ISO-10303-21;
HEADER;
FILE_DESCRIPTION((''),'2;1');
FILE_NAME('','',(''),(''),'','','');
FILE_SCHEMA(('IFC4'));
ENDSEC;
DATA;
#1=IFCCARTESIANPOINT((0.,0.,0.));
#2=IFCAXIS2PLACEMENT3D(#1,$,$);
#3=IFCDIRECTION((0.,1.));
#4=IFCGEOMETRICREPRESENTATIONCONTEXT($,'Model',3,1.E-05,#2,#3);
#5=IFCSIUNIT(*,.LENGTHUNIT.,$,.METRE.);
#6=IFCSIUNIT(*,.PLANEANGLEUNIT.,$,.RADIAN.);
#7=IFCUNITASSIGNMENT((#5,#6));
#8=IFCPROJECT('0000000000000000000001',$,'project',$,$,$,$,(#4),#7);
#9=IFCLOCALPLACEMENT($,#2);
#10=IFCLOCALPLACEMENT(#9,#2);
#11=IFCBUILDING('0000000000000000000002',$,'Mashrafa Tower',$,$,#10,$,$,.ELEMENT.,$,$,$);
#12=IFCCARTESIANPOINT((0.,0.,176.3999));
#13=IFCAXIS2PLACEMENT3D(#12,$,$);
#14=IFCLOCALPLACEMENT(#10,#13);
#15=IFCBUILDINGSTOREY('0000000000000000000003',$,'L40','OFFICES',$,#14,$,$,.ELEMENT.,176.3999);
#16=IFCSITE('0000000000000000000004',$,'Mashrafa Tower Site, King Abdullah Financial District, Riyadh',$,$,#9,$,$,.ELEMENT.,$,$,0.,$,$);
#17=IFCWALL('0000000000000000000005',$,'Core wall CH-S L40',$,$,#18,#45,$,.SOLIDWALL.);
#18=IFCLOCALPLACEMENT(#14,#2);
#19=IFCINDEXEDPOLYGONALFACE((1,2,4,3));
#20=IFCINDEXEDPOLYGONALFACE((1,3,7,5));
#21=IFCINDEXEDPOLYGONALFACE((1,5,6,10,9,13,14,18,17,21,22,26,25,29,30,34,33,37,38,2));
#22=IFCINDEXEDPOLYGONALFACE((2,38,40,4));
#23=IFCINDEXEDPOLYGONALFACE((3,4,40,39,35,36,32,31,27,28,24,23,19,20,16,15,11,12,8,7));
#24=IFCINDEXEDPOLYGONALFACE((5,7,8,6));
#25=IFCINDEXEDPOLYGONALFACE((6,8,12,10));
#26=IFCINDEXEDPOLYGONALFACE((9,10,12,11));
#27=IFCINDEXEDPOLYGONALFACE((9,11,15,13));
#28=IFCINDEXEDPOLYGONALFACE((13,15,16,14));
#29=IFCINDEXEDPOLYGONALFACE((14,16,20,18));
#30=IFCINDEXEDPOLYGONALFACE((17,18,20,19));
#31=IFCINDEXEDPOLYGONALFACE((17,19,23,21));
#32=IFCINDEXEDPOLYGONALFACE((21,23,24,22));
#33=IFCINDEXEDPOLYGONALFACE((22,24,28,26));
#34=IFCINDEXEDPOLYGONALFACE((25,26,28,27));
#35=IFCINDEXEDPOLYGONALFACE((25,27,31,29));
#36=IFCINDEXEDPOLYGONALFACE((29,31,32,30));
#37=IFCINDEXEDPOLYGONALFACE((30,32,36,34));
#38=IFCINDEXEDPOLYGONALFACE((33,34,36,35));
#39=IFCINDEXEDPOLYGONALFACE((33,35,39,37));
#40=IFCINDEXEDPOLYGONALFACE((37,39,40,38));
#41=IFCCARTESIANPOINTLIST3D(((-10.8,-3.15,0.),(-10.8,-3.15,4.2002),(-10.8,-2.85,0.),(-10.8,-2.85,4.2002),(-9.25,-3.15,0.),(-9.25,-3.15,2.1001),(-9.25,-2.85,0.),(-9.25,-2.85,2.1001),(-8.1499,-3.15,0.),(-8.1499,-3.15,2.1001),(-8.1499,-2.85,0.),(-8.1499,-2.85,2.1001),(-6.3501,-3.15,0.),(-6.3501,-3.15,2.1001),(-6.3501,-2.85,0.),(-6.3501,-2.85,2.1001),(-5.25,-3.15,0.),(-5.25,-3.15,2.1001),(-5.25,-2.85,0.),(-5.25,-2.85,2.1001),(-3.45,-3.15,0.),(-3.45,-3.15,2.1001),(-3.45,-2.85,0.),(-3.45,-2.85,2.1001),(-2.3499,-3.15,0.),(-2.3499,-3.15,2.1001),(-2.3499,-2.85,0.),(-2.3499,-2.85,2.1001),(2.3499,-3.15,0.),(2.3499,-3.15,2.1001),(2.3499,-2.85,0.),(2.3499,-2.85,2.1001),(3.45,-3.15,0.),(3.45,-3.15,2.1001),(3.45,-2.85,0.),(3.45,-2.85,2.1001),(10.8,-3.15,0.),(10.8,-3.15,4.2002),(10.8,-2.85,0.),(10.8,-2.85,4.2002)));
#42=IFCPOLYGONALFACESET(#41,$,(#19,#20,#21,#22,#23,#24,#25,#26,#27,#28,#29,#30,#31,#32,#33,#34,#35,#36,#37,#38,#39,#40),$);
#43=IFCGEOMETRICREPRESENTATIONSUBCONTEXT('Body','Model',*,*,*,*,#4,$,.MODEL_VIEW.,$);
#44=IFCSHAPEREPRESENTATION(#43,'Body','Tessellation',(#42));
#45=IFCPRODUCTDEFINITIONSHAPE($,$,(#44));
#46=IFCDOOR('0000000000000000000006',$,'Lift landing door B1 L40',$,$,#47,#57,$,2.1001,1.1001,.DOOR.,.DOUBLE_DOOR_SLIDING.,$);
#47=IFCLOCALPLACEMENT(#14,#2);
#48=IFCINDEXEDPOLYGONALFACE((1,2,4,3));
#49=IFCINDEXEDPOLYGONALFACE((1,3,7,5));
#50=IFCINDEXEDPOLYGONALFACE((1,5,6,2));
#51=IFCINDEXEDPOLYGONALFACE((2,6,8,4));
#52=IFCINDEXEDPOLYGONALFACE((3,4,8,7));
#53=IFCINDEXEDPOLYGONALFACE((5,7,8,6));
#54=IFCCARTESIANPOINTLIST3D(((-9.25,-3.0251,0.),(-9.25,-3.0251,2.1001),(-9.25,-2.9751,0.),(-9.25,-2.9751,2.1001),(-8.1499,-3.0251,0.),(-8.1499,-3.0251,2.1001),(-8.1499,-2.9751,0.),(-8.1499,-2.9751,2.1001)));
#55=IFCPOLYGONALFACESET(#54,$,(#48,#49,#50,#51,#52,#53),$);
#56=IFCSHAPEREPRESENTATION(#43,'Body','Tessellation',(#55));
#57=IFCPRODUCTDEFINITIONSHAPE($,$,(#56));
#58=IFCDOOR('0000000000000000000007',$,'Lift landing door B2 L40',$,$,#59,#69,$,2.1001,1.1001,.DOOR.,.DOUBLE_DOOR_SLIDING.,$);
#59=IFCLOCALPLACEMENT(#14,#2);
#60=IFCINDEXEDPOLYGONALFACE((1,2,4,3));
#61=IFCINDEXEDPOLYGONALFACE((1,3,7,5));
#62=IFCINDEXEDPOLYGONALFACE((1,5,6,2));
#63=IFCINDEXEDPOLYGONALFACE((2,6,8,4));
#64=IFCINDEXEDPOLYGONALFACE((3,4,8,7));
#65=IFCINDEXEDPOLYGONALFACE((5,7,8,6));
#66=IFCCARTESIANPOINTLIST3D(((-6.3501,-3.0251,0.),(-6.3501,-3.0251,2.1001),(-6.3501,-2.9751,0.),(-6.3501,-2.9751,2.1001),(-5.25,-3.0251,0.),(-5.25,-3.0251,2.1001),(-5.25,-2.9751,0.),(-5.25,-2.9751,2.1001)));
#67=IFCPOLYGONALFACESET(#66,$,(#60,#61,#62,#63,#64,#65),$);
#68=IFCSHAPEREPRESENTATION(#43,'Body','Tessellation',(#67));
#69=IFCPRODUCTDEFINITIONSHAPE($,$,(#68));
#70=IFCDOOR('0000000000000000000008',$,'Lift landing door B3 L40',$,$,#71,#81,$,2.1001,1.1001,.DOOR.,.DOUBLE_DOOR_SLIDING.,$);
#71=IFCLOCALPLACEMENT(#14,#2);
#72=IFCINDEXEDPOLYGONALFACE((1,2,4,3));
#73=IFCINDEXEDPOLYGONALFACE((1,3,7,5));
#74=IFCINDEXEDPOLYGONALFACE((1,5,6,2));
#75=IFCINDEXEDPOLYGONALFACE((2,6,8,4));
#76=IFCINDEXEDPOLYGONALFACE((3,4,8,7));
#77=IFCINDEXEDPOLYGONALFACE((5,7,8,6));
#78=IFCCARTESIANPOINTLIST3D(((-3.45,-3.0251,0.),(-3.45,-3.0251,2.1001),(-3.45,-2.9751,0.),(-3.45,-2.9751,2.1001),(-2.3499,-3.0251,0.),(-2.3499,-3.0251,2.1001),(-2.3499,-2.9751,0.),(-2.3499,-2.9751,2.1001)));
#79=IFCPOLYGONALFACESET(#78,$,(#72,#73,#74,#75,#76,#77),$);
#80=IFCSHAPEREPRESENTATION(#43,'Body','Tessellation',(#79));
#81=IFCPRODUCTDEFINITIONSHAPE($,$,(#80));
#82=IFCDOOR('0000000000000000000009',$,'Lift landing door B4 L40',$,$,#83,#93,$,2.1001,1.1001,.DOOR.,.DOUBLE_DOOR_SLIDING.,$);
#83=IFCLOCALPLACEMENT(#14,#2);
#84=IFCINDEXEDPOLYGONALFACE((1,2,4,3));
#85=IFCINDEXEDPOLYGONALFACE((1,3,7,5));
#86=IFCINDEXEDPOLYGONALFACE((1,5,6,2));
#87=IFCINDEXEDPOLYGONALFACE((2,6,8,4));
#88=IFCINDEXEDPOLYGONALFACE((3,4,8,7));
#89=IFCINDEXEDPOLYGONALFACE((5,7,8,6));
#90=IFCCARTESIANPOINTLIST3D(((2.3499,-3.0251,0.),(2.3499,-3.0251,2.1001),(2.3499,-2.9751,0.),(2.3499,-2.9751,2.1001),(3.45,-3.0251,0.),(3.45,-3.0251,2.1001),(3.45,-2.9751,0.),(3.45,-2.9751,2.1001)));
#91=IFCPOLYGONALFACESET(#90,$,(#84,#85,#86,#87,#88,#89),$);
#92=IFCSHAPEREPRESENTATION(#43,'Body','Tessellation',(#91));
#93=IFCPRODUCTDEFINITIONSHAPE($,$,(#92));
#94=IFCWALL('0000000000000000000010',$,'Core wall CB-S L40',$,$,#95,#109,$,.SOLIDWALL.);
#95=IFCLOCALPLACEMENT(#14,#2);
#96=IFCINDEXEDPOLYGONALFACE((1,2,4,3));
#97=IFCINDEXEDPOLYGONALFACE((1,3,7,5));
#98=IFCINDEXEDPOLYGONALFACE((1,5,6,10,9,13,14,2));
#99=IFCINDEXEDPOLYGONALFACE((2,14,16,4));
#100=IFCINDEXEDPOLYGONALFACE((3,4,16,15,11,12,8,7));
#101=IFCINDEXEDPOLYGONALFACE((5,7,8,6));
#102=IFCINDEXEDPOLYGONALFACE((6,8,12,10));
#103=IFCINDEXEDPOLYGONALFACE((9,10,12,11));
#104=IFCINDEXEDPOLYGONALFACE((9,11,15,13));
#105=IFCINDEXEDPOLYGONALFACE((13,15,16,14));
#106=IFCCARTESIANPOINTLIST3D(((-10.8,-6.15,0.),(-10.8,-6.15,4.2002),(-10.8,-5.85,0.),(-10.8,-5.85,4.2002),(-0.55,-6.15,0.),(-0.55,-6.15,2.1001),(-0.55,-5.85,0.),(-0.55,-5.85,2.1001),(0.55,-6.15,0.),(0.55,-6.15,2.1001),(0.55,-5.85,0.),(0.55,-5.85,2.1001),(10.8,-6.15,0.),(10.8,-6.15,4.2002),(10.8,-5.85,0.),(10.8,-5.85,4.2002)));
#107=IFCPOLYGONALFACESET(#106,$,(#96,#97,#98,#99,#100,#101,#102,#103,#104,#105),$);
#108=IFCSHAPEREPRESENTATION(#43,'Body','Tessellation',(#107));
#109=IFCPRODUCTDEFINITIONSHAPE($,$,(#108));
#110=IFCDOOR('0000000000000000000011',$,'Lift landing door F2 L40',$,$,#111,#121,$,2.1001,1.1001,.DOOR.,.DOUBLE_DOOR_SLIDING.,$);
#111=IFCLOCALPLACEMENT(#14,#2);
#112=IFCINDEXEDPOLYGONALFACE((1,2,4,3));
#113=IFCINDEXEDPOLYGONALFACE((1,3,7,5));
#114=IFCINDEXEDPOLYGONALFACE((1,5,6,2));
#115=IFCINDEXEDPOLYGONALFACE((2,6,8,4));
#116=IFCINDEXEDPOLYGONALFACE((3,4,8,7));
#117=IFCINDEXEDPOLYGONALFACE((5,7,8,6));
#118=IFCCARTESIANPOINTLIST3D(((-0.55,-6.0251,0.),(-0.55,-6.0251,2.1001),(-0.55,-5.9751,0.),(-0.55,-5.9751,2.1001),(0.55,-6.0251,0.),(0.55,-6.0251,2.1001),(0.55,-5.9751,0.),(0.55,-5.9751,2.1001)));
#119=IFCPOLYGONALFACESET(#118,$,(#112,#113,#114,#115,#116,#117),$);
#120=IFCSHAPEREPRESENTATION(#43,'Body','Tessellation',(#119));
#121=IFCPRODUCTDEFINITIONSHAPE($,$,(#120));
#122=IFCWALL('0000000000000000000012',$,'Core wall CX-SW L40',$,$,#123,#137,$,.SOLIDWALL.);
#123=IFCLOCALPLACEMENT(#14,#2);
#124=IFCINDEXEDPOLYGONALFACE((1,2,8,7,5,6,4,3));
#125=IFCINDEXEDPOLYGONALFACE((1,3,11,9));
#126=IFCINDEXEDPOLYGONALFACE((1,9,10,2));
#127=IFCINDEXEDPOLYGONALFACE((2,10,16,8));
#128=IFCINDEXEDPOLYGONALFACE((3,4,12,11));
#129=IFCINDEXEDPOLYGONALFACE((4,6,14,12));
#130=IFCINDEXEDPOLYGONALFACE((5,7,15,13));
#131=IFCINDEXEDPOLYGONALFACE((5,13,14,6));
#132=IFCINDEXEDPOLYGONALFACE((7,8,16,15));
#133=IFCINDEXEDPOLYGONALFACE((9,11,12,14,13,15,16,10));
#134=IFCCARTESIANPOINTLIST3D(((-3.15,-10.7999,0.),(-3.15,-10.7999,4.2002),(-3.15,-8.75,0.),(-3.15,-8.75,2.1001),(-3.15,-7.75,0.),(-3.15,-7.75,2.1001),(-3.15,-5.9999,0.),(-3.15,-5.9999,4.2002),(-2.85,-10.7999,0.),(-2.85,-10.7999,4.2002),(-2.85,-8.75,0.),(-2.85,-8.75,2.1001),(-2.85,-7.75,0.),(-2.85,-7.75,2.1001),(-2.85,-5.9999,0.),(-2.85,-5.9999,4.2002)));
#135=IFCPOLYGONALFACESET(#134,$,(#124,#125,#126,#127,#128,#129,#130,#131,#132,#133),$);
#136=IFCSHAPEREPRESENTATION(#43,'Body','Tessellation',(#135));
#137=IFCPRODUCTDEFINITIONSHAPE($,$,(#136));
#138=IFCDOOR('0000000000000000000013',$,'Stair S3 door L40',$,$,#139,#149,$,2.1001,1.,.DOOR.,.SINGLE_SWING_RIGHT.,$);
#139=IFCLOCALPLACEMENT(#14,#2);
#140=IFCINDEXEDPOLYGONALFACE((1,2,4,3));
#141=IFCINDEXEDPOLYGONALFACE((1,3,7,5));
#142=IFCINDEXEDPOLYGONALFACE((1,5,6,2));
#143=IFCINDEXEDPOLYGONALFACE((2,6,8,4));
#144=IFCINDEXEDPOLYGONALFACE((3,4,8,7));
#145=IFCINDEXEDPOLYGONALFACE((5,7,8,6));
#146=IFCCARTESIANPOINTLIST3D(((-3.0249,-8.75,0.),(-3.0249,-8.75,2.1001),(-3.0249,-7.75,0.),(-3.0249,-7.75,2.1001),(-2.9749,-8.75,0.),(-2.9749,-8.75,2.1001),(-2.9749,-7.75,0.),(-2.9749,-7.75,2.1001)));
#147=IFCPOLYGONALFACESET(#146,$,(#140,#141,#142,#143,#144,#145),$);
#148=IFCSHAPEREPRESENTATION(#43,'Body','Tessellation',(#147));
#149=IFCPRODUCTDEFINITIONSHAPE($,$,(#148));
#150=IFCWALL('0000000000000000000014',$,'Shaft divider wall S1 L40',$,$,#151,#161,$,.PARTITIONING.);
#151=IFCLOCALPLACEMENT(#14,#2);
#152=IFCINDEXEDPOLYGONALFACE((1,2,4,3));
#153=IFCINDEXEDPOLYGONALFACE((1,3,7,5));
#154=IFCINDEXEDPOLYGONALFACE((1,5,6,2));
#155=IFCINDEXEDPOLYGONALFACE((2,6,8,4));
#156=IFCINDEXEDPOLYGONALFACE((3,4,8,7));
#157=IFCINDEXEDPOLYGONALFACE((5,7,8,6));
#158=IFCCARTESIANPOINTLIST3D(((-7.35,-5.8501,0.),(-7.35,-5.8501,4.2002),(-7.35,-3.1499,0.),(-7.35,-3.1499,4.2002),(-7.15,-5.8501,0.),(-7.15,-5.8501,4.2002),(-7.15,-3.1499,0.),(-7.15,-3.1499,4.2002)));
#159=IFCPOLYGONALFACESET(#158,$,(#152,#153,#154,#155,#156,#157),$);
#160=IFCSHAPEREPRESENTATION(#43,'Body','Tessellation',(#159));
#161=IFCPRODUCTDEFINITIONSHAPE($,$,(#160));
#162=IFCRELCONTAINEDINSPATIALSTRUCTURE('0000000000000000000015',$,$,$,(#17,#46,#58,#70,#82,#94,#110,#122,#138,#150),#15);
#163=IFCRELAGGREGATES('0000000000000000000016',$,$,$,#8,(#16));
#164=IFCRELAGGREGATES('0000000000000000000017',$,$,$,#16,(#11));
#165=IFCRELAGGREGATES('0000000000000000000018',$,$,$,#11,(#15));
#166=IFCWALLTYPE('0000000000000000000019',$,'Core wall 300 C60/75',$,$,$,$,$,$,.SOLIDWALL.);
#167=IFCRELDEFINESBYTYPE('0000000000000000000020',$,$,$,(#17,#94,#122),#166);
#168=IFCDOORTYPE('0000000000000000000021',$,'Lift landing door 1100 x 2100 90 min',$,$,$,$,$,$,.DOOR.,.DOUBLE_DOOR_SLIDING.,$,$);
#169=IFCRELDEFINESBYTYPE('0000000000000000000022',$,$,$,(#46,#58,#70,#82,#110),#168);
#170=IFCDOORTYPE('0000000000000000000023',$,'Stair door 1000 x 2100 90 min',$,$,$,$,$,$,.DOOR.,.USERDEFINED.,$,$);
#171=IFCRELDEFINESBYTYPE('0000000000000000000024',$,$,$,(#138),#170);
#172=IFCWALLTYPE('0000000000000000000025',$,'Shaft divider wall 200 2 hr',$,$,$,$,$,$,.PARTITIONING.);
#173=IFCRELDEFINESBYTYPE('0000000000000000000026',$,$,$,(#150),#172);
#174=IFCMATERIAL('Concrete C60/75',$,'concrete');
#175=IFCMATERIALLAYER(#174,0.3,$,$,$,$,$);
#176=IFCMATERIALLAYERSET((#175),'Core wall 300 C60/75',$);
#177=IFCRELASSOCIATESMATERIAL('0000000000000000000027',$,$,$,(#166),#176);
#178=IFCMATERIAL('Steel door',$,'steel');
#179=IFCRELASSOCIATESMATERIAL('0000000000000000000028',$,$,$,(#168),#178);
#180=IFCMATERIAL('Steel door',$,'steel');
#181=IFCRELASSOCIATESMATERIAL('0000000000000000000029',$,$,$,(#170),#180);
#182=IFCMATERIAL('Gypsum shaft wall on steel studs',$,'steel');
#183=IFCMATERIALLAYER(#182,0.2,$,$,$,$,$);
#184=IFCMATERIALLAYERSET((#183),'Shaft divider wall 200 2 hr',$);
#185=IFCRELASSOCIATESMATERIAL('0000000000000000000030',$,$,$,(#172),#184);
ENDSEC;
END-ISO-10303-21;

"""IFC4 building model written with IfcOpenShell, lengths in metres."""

from ifc_helpers import new_model, si_unit, direction, frame, frame_2d, origin, place, context, subcontext, project, spatial, rectangle, extrude, material, layer, layer_set, type_object, element, fill, save


model = new_model("IFC4")

# Units and contexts
model_context = context("Model", 3, precision=1e-05, world=origin(), true_north=direction((0.0, 1.0)))
body_context = subcontext(model_context, "Body", "Model", "MODEL_VIEW")
ifc_project = project(units=[si_unit("LENGTHUNIT", "METRE"), si_unit("PLANEANGLEUNIT", "RADIAN")], contexts=[model_context])

# Site, building, storey
site_placement = place(None, origin())
site = spatial("IfcSite", under=ifc_project, at=site_placement, Name="Mashrafa Tower Site, King Abdullah Financial District, Riyadh", CompositionType="ELEMENT", RefElevation=0.0)
building_placement = place(site_placement, origin())
building = spatial("IfcBuilding", under=site, at=building_placement, Name="Mashrafa Tower", CompositionType="ELEMENT")
storey_placement = place(building_placement, frame((0.0, 0.0, 176.3999)))
storey = spatial("IfcBuildingStorey", under=building, at=storey_placement, Name="L40", Description="OFFICES", CompositionType="ELEMENT", Elevation=176.3999)

# Wall, openings, doors
ifc_material_1 = material(Name="Concrete C60/75", Category="concrete")
ifc_layer_1 = layer(ifc_material_1, 0.3)
ifc_layer_set_1 = layer_set([ifc_layer_1], Name="Core wall 300 C60/75")
wall_type_1 = type_object("IfcWallType", Name="Core wall 300 C60/75", PredefinedType="SOLIDWALL", material=ifc_layer_set_1)
wall_1_placement = place(storey_placement, frame((-10.8, -3.0, 0.0), z_axis=(0.0, 0.0, 1.0), x_axis=(1.0, 0.0, 0.0)))
wall_1 = element("IfcWall", 1, at=wall_1_placement, inside=storey, type_object=wall_type_1, Name="Core wall CH-S L40", PredefinedType="SOLIDWALL", context=body_context, shape_type="SweptSolid", body=[
    extrude(rectangle(XDim=21.6001, YDim=0.3, at=frame_2d((10.8, 0.0))), origin(), (0.0, 0.0, 1.0), 4.2002),
])
opening_1_placement = place(wall_1_placement, frame((1.55, 0.0, 0.0)))
opening_1 = element("IfcOpeningElement", 2, at=opening_1_placement, cuts=wall_1, PredefinedType="OPENING", context=body_context, shape_type="SweptSolid", body=[
    extrude(rectangle(XDim=1.1001, YDim=2.1001, at=frame_2d((0.55, 1.05))), frame((0.0, 0.1599, 0.0), z_axis=(0.0, -1.0, 0.0), x_axis=(1.0, 0.0, 0.0)), (0.0, 0.0, 1.0), 0.3201),
])
opening_2_placement = place(wall_1_placement, frame((4.45, 0.0, 0.0)))
opening_2 = element("IfcOpeningElement", 3, at=opening_2_placement, cuts=wall_1, PredefinedType="OPENING", context=body_context, shape_type="SweptSolid", body=[
    extrude(rectangle(XDim=1.1001, YDim=2.1001, at=frame_2d((0.55, 1.05))), frame((0.0, 0.1599, 0.0), z_axis=(0.0, -1.0, 0.0), x_axis=(1.0, 0.0, 0.0)), (0.0, 0.0, 1.0), 0.3201),
])
opening_3_placement = place(wall_1_placement, frame((7.3501, 0.0, 0.0)))
opening_3 = element("IfcOpeningElement", 4, at=opening_3_placement, cuts=wall_1, PredefinedType="OPENING", context=body_context, shape_type="SweptSolid", body=[
    extrude(rectangle(XDim=1.1001, YDim=2.1001, at=frame_2d((0.55, 1.05))), frame((0.0, 0.1599, 0.0), z_axis=(0.0, -1.0, 0.0), x_axis=(1.0, 0.0, 0.0)), (0.0, 0.0, 1.0), 0.3201),
])
opening_4_placement = place(wall_1_placement, frame((13.1499, 0.0, 0.0)))
opening_4 = element("IfcOpeningElement", 5, at=opening_4_placement, cuts=wall_1, PredefinedType="OPENING", context=body_context, shape_type="SweptSolid", body=[
    extrude(rectangle(XDim=1.1001, YDim=2.1001, at=frame_2d((0.55, 1.05))), frame((0.0, 0.1599, 0.0), z_axis=(0.0, -1.0, 0.0), x_axis=(1.0, 0.0, 0.0)), (0.0, 0.0, 1.0), 0.3201),
])
ifc_material_2 = material(Name="Steel door", Category="steel")
door_type_1 = type_object("IfcDoorType", Name="Lift landing door 1100 x 2100 90 min", OperationType="DOUBLE_DOOR_SLIDING", PredefinedType="DOOR", material=ifc_material_2)
door_1_placement = place(opening_1_placement, origin())
door_1 = element("IfcDoor", 6, at=door_1_placement, inside=storey, type_object=door_type_1, Name="Lift landing door B1 L40", OperationType="DOUBLE_DOOR_SLIDING", OverallHeight=2.1001, OverallWidth=1.1001, PredefinedType="DOOR", context=body_context, shape_type="SweptSolid", body=[
    extrude(rectangle(XDim=1.1001, YDim=2.1001, at=frame_2d((0.55, 1.05))), frame((0.0, 0.0249, 0.0), z_axis=(0.0, -1.0, 0.0), x_axis=(1.0, 0.0, 0.0)), (0.0, 0.0, 1.0), 0.05),
])
fill(opening_1, door_1)
door_2_placement = place(opening_2_placement, origin())
door_2 = element("IfcDoor", 7, at=door_2_placement, inside=storey, type_object=door_type_1, Name="Lift landing door B2 L40", OperationType="DOUBLE_DOOR_SLIDING", OverallHeight=2.1001, OverallWidth=1.1001, PredefinedType="DOOR", context=body_context, shape_type="SweptSolid", body=[
    extrude(rectangle(XDim=1.1001, YDim=2.1001, at=frame_2d((0.55, 1.05))), frame((0.0, 0.0249, 0.0), z_axis=(0.0, -1.0, 0.0), x_axis=(1.0, 0.0, 0.0)), (0.0, 0.0, 1.0), 0.05),
])
fill(opening_2, door_2)
door_3_placement = place(opening_3_placement, origin())
door_3 = element("IfcDoor", 8, at=door_3_placement, inside=storey, type_object=door_type_1, Name="Lift landing door B3 L40", OperationType="DOUBLE_DOOR_SLIDING", OverallHeight=2.1001, OverallWidth=1.1001, PredefinedType="DOOR", context=body_context, shape_type="SweptSolid", body=[
    extrude(rectangle(XDim=1.1001, YDim=2.1001, at=frame_2d((0.55, 1.05))), frame((0.0, 0.0249, 0.0), z_axis=(0.0, -1.0, 0.0), x_axis=(1.0, 0.0, 0.0)), (0.0, 0.0, 1.0), 0.05),
])
fill(opening_3, door_3)
door_4_placement = place(opening_4_placement, origin())
door_4 = element("IfcDoor", 9, at=door_4_placement, inside=storey, type_object=door_type_1, Name="Lift landing door B4 L40", OperationType="DOUBLE_DOOR_SLIDING", OverallHeight=2.1001, OverallWidth=1.1001, PredefinedType="DOOR", context=body_context, shape_type="SweptSolid", body=[
    extrude(rectangle(XDim=1.1001, YDim=2.1001, at=frame_2d((0.55, 1.05))), frame((0.0, 0.0249, 0.0), z_axis=(0.0, -1.0, 0.0), x_axis=(1.0, 0.0, 0.0)), (0.0, 0.0, 1.0), 0.05),
])
fill(opening_4, door_4)

# Walls, openings, doors
wall_2_placement = place(storey_placement, frame((-10.8, -6.0, 0.0), z_axis=(0.0, 0.0, 1.0), x_axis=(1.0, 0.0, 0.0)))
wall_2 = element("IfcWall", 10, at=wall_2_placement, inside=storey, type_object=wall_type_1, Name="Core wall CB-S L40", PredefinedType="SOLIDWALL", context=body_context, shape_type="SweptSolid", body=[
    extrude(rectangle(XDim=21.6001, YDim=0.3, at=frame_2d((10.8, 0.0))), origin(), (0.0, 0.0, 1.0), 4.2002),
])
opening_5_placement = place(wall_2_placement, frame((10.25, 0.0, 0.0)))
opening_5 = element("IfcOpeningElement", 11, at=opening_5_placement, cuts=wall_2, PredefinedType="OPENING", context=body_context, shape_type="SweptSolid", body=[
    extrude(rectangle(XDim=1.1001, YDim=2.1001, at=frame_2d((0.55, 1.05))), frame((0.0, 0.1599, 0.0), z_axis=(0.0, -1.0, 0.0), x_axis=(1.0, 0.0, 0.0)), (0.0, 0.0, 1.0), 0.3201),
])
door_5_placement = place(opening_5_placement, origin())
door_5 = element("IfcDoor", 12, at=door_5_placement, inside=storey, type_object=door_type_1, Name="Lift landing door F2 L40", OperationType="DOUBLE_DOOR_SLIDING", OverallHeight=2.1001, OverallWidth=1.1001, PredefinedType="DOOR", context=body_context, shape_type="SweptSolid", body=[
    extrude(rectangle(XDim=1.1001, YDim=2.1001, at=frame_2d((0.55, 1.05))), frame((0.0, 0.0249, 0.0), z_axis=(0.0, -1.0, 0.0), x_axis=(1.0, 0.0, 0.0)), (0.0, 0.0, 1.0), 0.05),
])
fill(opening_5, door_5)
wall_3_placement = place(storey_placement, frame((-3.0, -6.0, 0.0), z_axis=(0.0, 0.0, 1.0), x_axis=(0.0, -1.0, 0.0)))
wall_3 = element("IfcWall", 13, at=wall_3_placement, inside=storey, type_object=wall_type_1, Name="Core wall CX-SW L40", PredefinedType="SOLIDWALL", context=body_context, shape_type="SweptSolid", body=[
    extrude(rectangle(XDim=4.8, YDim=0.3, at=frame_2d((2.3999, 0.0))), origin(), (0.0, 0.0, 1.0), 4.2002),
])
opening_6_placement = place(wall_3_placement, frame((1.75, 0.0, 0.0)))
opening_6 = element("IfcOpeningElement", 14, at=opening_6_placement, cuts=wall_3, PredefinedType="OPENING", context=body_context, shape_type="SweptSolid", body=[
    extrude(rectangle(XDim=1.0, YDim=2.1001, at=frame_2d((0.5, 1.05))), frame((0.0, 0.1599, 0.0), z_axis=(0.0, -1.0, 0.0), x_axis=(1.0, 0.0, 0.0)), (0.0, 0.0, 1.0), 0.3201),
])
ifc_material_3 = material(Name="Steel door", Category="steel")
door_type_2 = type_object("IfcDoorType", Name="Stair door 1000 x 2100 90 min", OperationType="USERDEFINED", PredefinedType="DOOR", material=ifc_material_3)
door_6_placement = place(opening_6_placement, frame((1.0, 0.0, 0.0), z_axis=(0.0, 0.0, 1.0), x_axis=(-1.0, 0.0, 0.0)))
door_6 = element("IfcDoor", 15, at=door_6_placement, inside=storey, type_object=door_type_2, Name="Stair S3 door L40", OperationType="SINGLE_SWING_RIGHT", OverallHeight=2.1001, OverallWidth=1.0, PredefinedType="DOOR", context=body_context, shape_type="SweptSolid", body=[
    extrude(rectangle(XDim=1.0, YDim=2.1001, at=frame_2d((0.5, 1.05))), frame((0.0, 0.0249, 0.0), z_axis=(0.0, -1.0, 0.0), x_axis=(1.0, 0.0, 0.0)), (0.0, 0.0, 1.0), 0.05),
])
fill(opening_6, door_6)

# Wall
ifc_material_4 = material(Name="Gypsum shaft wall on steel studs", Category="steel")
ifc_layer_2 = layer(ifc_material_4, 0.2)
ifc_layer_set_2 = layer_set([ifc_layer_2], Name="Shaft divider wall 200 2 hr")
wall_type_2 = type_object("IfcWallType", Name="Shaft divider wall 200 2 hr", PredefinedType="PARTITIONING", material=ifc_layer_set_2)
for number, where, z_axis, x_axis, name in (
    (16, (-7.25, -5.8501, 0.0), (0.0, 0.0, 1.0), (0.0, 1.0, 0.0), "Shaft divider wall S1 L40"),
):
    element("IfcWall", number, at=place(storey_placement, frame(where, z_axis=z_axis, x_axis=x_axis)), inside=storey, type_object=wall_type_2, Name=name, PredefinedType="PARTITIONING", context=body_context, shape_type="SweptSolid", body=[
        extrude(rectangle(XDim=2.7002, YDim=0.2, at=frame_2d((1.3501, 0.0))), origin(), (0.0, 0.0, 1.0), 4.2002),
    ])

save(model, "model.ifc")
